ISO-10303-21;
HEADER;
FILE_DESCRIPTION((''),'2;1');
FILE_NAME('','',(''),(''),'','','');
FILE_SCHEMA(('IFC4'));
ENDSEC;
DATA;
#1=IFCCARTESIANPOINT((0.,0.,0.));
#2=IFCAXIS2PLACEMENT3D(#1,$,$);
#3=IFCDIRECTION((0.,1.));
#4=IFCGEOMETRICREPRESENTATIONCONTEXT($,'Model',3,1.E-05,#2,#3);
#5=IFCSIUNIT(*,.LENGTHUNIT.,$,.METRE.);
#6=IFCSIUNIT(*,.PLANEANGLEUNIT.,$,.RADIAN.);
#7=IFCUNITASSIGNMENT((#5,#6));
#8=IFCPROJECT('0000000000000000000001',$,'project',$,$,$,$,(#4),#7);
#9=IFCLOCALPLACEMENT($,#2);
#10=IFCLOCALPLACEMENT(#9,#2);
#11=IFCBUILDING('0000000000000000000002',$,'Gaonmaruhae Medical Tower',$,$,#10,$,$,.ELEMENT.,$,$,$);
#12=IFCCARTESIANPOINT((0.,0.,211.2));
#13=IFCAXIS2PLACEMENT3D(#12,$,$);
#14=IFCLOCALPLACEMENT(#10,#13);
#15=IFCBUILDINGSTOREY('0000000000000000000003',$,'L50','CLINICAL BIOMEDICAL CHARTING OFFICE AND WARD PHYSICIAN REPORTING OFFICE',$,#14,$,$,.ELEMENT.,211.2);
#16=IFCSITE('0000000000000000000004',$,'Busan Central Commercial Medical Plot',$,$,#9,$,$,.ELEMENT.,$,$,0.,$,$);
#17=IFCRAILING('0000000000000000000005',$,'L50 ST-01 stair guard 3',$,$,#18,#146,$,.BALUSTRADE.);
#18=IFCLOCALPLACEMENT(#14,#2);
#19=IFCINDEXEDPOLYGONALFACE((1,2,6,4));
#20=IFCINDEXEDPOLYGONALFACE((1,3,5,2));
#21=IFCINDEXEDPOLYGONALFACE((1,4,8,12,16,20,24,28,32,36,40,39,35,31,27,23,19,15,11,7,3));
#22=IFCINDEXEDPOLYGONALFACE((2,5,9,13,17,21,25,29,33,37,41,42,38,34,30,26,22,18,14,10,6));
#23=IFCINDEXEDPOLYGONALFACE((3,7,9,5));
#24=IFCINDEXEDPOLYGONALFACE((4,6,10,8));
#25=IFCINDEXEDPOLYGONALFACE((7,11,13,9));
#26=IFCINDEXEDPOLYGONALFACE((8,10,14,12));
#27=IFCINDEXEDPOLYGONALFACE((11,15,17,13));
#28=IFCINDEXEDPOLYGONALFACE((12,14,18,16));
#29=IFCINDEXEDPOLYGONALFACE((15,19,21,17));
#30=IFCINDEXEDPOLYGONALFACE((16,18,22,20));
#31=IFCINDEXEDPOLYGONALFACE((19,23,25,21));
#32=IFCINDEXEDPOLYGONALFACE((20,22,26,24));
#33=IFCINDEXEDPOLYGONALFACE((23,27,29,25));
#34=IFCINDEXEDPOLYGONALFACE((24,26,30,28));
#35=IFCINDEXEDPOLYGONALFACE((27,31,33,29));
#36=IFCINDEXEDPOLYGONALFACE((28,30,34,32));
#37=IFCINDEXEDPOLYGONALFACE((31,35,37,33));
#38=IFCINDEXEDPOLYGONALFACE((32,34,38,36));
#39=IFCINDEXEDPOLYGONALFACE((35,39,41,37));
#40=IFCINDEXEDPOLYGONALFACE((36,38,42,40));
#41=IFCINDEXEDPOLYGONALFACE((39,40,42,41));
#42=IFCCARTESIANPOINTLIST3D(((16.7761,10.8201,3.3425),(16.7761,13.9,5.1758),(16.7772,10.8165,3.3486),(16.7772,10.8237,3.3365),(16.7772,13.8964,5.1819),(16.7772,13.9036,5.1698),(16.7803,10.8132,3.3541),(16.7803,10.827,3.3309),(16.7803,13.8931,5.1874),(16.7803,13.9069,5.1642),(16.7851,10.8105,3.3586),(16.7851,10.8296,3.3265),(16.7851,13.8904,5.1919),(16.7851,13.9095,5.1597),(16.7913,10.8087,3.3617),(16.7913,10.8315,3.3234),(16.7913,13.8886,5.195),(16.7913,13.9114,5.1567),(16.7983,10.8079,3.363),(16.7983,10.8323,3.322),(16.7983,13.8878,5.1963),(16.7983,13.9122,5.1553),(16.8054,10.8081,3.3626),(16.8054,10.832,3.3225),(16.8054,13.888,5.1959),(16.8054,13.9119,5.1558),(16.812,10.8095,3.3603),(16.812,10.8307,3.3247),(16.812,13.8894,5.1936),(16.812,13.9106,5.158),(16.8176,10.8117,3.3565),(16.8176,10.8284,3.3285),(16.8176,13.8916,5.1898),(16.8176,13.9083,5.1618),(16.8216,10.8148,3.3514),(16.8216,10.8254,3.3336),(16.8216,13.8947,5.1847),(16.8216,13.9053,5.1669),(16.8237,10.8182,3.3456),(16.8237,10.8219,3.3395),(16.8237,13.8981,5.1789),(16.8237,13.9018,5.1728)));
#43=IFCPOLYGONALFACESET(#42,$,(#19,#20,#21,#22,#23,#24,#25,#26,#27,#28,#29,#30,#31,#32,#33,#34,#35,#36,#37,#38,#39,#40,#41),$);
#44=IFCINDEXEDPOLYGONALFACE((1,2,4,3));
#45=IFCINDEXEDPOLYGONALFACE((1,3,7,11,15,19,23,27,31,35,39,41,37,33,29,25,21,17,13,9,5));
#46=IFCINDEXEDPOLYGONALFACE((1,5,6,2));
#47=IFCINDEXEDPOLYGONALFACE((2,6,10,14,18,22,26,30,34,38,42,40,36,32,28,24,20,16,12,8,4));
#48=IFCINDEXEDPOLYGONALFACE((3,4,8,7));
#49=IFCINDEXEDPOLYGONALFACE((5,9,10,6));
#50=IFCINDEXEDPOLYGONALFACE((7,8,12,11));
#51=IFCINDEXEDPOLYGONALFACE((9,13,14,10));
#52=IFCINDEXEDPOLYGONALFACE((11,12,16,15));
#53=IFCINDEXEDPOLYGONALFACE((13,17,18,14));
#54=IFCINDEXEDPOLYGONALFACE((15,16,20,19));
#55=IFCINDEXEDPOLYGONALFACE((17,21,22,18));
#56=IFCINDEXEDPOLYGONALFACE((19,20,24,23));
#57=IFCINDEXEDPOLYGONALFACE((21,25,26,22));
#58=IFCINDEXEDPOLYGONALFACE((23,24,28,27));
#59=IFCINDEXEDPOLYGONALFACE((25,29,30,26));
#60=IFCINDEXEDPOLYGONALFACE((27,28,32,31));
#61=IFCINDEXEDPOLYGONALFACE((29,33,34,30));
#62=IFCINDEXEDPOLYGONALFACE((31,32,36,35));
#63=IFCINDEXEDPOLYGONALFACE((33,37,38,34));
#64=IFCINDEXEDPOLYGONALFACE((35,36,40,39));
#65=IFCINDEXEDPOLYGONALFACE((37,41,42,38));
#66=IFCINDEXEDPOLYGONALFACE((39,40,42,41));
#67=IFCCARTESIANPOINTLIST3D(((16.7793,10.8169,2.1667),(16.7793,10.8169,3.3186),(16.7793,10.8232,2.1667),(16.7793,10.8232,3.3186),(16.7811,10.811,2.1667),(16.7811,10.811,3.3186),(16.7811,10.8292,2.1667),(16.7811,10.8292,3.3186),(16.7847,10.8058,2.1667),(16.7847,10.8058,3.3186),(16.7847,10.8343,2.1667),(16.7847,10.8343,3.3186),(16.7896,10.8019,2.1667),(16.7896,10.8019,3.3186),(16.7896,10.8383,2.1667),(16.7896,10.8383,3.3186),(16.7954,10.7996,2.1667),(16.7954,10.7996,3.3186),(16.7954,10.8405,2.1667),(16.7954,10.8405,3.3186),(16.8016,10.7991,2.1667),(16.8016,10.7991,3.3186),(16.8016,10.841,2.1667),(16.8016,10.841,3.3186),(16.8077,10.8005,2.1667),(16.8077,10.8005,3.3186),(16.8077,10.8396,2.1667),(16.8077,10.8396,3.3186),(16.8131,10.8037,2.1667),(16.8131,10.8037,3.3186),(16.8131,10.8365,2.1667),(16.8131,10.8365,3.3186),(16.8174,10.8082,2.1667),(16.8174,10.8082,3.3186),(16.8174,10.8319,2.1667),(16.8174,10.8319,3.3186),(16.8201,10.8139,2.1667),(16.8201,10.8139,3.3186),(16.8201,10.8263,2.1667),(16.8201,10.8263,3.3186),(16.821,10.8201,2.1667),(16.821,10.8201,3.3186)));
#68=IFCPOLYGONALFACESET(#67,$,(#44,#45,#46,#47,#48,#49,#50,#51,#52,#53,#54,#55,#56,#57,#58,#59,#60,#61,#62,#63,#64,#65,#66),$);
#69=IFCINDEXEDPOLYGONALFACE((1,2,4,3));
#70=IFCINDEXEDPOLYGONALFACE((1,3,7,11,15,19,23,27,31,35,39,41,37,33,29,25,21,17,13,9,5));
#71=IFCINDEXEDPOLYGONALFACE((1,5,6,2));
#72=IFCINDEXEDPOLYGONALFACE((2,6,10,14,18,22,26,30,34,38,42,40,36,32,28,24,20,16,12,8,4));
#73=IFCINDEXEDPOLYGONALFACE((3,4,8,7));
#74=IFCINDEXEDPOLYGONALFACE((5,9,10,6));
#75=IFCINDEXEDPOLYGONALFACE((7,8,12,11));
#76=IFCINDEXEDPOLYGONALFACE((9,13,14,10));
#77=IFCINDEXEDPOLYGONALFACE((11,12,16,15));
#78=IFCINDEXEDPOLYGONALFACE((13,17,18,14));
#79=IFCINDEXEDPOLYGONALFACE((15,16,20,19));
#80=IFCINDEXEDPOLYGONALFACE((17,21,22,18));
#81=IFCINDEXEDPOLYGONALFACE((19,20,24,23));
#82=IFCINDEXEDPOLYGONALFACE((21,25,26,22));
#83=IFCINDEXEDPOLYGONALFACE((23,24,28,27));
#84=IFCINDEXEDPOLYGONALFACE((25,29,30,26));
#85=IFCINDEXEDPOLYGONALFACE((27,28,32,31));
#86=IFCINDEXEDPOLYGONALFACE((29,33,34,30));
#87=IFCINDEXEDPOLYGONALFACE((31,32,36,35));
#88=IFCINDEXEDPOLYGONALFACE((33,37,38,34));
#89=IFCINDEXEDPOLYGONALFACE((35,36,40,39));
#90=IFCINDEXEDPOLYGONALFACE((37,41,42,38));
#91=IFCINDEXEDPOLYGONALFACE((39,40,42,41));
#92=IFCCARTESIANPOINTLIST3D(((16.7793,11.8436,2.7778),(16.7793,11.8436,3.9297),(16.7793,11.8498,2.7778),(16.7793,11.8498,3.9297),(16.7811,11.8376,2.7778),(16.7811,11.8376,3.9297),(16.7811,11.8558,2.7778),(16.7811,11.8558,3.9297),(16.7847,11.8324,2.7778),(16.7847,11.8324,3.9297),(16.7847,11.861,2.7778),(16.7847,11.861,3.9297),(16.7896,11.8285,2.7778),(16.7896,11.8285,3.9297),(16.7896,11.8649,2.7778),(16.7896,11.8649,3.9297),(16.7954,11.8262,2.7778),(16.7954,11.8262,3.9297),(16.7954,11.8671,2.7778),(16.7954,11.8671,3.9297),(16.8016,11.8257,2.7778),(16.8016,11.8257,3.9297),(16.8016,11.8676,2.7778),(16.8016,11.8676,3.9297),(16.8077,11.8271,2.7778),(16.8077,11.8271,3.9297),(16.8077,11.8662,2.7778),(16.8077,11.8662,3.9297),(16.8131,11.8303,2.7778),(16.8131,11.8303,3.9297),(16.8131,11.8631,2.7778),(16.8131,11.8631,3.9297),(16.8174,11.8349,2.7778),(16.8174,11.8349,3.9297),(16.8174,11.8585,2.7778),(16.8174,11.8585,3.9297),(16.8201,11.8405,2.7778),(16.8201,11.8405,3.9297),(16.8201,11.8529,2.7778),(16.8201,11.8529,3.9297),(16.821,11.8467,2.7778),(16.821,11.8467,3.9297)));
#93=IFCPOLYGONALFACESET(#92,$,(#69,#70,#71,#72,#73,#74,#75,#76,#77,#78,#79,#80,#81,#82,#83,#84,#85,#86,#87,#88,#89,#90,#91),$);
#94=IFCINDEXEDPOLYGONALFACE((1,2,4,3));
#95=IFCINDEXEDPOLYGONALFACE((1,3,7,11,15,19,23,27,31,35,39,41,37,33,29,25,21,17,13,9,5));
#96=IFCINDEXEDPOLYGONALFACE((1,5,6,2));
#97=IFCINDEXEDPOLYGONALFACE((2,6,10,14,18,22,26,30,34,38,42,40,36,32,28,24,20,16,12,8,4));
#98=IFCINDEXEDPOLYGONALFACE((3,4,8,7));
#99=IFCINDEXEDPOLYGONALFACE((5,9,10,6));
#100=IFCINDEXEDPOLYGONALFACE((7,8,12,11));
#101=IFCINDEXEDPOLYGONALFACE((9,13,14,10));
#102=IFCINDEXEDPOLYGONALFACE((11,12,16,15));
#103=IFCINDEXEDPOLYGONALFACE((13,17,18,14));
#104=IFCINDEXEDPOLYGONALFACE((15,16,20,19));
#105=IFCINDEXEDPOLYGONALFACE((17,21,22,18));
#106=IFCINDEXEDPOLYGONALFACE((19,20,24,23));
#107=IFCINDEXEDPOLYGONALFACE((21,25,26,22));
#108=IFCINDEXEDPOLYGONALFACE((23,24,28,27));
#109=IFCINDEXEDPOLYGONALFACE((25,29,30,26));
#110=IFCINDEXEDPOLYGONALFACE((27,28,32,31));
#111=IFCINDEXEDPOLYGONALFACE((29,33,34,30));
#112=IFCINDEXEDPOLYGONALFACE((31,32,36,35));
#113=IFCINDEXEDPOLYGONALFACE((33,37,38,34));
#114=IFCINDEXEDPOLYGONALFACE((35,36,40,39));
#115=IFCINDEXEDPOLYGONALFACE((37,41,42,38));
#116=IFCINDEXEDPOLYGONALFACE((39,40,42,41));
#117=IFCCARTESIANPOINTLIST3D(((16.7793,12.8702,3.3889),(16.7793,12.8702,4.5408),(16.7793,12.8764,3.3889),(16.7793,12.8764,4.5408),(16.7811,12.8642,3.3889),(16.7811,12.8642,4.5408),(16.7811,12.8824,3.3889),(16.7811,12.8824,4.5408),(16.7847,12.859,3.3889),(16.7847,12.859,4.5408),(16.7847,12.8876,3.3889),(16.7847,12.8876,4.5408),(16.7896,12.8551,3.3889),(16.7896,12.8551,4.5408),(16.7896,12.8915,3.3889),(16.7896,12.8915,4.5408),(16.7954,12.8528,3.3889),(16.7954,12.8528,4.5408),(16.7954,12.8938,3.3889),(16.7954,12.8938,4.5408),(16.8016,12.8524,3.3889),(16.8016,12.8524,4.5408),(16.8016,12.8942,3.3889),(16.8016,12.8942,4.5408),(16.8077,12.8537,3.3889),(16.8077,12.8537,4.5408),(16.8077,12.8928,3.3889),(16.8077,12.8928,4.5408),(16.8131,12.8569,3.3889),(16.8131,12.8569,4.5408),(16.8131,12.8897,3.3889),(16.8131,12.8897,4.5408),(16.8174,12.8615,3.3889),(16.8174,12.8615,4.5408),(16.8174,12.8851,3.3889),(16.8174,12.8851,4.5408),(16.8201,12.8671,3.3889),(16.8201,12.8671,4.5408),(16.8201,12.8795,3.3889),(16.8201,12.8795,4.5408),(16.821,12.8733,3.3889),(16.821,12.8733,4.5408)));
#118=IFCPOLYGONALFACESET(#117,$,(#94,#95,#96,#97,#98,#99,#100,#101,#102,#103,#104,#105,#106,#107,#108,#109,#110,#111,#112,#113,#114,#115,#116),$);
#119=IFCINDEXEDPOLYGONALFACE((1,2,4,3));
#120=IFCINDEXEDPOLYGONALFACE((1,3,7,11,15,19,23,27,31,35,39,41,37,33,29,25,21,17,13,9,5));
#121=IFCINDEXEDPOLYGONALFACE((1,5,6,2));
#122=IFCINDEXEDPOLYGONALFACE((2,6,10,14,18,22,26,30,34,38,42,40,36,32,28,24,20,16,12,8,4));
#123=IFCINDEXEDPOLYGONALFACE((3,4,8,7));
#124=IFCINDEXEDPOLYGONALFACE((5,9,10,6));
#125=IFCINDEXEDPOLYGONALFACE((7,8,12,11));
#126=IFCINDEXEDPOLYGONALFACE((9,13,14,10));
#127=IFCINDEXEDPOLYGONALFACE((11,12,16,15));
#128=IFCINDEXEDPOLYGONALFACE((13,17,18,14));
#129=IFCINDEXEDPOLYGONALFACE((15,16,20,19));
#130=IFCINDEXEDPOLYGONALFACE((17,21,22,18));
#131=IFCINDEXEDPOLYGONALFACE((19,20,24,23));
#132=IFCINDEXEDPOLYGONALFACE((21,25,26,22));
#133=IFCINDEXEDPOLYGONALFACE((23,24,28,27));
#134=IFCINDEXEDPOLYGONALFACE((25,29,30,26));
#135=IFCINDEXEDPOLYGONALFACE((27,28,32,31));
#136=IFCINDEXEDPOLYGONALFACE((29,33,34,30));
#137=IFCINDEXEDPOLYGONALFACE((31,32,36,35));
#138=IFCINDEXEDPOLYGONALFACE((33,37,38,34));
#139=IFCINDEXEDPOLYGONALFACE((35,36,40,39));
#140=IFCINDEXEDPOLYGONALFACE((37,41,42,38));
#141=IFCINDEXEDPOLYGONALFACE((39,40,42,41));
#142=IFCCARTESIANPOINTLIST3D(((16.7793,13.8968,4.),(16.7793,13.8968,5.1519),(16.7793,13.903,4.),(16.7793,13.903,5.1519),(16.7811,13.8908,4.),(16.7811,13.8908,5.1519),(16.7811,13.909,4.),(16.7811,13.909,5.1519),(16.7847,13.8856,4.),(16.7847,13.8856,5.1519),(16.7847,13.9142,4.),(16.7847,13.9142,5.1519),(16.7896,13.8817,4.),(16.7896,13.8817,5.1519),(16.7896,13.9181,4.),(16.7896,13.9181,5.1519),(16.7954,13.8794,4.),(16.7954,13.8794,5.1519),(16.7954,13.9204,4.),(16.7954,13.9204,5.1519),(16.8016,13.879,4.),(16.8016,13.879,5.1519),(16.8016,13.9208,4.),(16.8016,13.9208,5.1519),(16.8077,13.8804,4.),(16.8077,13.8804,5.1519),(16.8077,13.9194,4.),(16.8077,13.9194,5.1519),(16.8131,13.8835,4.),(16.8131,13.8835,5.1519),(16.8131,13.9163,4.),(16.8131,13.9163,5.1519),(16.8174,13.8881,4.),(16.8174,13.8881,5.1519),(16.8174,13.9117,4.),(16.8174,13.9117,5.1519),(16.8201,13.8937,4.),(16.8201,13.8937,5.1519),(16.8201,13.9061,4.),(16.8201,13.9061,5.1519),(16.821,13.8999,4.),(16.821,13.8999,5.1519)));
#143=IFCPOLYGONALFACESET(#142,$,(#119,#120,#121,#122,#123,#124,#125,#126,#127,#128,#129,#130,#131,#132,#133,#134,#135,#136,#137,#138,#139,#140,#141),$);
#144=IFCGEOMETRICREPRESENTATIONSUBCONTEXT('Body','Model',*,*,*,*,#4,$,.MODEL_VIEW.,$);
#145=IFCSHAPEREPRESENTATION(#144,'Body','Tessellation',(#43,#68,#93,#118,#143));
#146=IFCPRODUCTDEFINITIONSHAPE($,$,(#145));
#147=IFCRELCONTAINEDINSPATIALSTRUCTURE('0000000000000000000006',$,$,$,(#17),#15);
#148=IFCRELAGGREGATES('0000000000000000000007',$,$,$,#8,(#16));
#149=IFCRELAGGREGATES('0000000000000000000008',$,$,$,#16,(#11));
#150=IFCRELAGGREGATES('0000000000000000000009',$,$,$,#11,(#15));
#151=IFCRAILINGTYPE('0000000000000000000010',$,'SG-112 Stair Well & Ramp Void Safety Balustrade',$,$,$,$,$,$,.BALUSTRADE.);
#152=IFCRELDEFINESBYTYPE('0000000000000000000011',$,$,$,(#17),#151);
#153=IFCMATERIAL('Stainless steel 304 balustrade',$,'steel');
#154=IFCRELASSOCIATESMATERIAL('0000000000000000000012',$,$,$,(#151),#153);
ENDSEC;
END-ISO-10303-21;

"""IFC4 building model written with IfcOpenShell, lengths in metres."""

from ifc_helpers import new_model, si_unit, direction, frame, origin, origin_2d, place, context, subcontext, project, spatial, circle, extrude, material, type_object, element, save


model = new_model("IFC4")

# Units and contexts
model_context = context("Model", 3, precision=1e-05, world=origin(), true_north=direction((0.0, 1.0)))
body_context = subcontext(model_context, "Body", "Model", "MODEL_VIEW")
ifc_project = project(units=[si_unit("LENGTHUNIT", "METRE"), si_unit("PLANEANGLEUNIT", "RADIAN")], contexts=[model_context])

# Site, building, storey
site_placement = place(None, origin())
site = spatial("IfcSite", under=ifc_project, at=site_placement, Name="Busan Central Commercial Medical Plot", CompositionType="ELEMENT", RefElevation=0.0)
building_placement = place(site_placement, origin())
building = spatial("IfcBuilding", under=site, at=building_placement, Name="Gaonmaruhae Medical Tower", CompositionType="ELEMENT")
storey_placement = place(building_placement, frame((0.0, 0.0, 211.2)))
storey = spatial("IfcBuildingStorey", under=building, at=storey_placement, Name="L50", Description="CLINICAL BIOMEDICAL CHARTING OFFICE AND WARD PHYSICIAN REPORTING OFFICE", CompositionType="ELEMENT", Elevation=211.2)

# Railing
ifc_material_1 = material(Name="Stainless steel 304 balustrade", Category="steel")
railing_type_1 = type_object("IfcRailingType", Name="SG-112 Stair Well & Ramp Void Safety Balustrade", PredefinedType="BALUSTRADE", material=ifc_material_1)
railing_1_placement = place(storey_placement, frame((16.8, 10.8201, 2.1667)))
element("IfcRailing", 1, at=railing_1_placement, inside=storey, type_object=railing_type_1, Name="L50 ST-01 stair guard 3", PredefinedType="BALUSTRADE", context=body_context, shape_type="SweptSolid", body=[
    extrude(circle(Radius=0.0239, at=origin_2d()), frame((0.0, 0.0, 1.1758), z_axis=(0.0, 0.859291, 0.511487), x_axis=(-1.0, 0.0, 0.0)), (0.0, 0.0, 1.0), 3.5842),
    extrude(circle(Radius=0.021, at=origin_2d()), origin(), (0.0, 0.0, 1.0), 1.1519),
    extrude(circle(Radius=0.021, at=origin_2d()), frame((0.0, 1.0266, 0.6111)), (0.0, 0.0, 1.0), 1.1519),
    extrude(circle(Radius=0.021, at=origin_2d()), frame((0.0, 2.0532, 1.2222)), (0.0, 0.0, 1.0), 1.1519),
    extrude(circle(Radius=0.021, at=origin_2d()), frame((0.0, 3.0798, 1.8333)), (0.0, 0.0, 1.0), 1.1519),
])

save(model, "model.ifc")
